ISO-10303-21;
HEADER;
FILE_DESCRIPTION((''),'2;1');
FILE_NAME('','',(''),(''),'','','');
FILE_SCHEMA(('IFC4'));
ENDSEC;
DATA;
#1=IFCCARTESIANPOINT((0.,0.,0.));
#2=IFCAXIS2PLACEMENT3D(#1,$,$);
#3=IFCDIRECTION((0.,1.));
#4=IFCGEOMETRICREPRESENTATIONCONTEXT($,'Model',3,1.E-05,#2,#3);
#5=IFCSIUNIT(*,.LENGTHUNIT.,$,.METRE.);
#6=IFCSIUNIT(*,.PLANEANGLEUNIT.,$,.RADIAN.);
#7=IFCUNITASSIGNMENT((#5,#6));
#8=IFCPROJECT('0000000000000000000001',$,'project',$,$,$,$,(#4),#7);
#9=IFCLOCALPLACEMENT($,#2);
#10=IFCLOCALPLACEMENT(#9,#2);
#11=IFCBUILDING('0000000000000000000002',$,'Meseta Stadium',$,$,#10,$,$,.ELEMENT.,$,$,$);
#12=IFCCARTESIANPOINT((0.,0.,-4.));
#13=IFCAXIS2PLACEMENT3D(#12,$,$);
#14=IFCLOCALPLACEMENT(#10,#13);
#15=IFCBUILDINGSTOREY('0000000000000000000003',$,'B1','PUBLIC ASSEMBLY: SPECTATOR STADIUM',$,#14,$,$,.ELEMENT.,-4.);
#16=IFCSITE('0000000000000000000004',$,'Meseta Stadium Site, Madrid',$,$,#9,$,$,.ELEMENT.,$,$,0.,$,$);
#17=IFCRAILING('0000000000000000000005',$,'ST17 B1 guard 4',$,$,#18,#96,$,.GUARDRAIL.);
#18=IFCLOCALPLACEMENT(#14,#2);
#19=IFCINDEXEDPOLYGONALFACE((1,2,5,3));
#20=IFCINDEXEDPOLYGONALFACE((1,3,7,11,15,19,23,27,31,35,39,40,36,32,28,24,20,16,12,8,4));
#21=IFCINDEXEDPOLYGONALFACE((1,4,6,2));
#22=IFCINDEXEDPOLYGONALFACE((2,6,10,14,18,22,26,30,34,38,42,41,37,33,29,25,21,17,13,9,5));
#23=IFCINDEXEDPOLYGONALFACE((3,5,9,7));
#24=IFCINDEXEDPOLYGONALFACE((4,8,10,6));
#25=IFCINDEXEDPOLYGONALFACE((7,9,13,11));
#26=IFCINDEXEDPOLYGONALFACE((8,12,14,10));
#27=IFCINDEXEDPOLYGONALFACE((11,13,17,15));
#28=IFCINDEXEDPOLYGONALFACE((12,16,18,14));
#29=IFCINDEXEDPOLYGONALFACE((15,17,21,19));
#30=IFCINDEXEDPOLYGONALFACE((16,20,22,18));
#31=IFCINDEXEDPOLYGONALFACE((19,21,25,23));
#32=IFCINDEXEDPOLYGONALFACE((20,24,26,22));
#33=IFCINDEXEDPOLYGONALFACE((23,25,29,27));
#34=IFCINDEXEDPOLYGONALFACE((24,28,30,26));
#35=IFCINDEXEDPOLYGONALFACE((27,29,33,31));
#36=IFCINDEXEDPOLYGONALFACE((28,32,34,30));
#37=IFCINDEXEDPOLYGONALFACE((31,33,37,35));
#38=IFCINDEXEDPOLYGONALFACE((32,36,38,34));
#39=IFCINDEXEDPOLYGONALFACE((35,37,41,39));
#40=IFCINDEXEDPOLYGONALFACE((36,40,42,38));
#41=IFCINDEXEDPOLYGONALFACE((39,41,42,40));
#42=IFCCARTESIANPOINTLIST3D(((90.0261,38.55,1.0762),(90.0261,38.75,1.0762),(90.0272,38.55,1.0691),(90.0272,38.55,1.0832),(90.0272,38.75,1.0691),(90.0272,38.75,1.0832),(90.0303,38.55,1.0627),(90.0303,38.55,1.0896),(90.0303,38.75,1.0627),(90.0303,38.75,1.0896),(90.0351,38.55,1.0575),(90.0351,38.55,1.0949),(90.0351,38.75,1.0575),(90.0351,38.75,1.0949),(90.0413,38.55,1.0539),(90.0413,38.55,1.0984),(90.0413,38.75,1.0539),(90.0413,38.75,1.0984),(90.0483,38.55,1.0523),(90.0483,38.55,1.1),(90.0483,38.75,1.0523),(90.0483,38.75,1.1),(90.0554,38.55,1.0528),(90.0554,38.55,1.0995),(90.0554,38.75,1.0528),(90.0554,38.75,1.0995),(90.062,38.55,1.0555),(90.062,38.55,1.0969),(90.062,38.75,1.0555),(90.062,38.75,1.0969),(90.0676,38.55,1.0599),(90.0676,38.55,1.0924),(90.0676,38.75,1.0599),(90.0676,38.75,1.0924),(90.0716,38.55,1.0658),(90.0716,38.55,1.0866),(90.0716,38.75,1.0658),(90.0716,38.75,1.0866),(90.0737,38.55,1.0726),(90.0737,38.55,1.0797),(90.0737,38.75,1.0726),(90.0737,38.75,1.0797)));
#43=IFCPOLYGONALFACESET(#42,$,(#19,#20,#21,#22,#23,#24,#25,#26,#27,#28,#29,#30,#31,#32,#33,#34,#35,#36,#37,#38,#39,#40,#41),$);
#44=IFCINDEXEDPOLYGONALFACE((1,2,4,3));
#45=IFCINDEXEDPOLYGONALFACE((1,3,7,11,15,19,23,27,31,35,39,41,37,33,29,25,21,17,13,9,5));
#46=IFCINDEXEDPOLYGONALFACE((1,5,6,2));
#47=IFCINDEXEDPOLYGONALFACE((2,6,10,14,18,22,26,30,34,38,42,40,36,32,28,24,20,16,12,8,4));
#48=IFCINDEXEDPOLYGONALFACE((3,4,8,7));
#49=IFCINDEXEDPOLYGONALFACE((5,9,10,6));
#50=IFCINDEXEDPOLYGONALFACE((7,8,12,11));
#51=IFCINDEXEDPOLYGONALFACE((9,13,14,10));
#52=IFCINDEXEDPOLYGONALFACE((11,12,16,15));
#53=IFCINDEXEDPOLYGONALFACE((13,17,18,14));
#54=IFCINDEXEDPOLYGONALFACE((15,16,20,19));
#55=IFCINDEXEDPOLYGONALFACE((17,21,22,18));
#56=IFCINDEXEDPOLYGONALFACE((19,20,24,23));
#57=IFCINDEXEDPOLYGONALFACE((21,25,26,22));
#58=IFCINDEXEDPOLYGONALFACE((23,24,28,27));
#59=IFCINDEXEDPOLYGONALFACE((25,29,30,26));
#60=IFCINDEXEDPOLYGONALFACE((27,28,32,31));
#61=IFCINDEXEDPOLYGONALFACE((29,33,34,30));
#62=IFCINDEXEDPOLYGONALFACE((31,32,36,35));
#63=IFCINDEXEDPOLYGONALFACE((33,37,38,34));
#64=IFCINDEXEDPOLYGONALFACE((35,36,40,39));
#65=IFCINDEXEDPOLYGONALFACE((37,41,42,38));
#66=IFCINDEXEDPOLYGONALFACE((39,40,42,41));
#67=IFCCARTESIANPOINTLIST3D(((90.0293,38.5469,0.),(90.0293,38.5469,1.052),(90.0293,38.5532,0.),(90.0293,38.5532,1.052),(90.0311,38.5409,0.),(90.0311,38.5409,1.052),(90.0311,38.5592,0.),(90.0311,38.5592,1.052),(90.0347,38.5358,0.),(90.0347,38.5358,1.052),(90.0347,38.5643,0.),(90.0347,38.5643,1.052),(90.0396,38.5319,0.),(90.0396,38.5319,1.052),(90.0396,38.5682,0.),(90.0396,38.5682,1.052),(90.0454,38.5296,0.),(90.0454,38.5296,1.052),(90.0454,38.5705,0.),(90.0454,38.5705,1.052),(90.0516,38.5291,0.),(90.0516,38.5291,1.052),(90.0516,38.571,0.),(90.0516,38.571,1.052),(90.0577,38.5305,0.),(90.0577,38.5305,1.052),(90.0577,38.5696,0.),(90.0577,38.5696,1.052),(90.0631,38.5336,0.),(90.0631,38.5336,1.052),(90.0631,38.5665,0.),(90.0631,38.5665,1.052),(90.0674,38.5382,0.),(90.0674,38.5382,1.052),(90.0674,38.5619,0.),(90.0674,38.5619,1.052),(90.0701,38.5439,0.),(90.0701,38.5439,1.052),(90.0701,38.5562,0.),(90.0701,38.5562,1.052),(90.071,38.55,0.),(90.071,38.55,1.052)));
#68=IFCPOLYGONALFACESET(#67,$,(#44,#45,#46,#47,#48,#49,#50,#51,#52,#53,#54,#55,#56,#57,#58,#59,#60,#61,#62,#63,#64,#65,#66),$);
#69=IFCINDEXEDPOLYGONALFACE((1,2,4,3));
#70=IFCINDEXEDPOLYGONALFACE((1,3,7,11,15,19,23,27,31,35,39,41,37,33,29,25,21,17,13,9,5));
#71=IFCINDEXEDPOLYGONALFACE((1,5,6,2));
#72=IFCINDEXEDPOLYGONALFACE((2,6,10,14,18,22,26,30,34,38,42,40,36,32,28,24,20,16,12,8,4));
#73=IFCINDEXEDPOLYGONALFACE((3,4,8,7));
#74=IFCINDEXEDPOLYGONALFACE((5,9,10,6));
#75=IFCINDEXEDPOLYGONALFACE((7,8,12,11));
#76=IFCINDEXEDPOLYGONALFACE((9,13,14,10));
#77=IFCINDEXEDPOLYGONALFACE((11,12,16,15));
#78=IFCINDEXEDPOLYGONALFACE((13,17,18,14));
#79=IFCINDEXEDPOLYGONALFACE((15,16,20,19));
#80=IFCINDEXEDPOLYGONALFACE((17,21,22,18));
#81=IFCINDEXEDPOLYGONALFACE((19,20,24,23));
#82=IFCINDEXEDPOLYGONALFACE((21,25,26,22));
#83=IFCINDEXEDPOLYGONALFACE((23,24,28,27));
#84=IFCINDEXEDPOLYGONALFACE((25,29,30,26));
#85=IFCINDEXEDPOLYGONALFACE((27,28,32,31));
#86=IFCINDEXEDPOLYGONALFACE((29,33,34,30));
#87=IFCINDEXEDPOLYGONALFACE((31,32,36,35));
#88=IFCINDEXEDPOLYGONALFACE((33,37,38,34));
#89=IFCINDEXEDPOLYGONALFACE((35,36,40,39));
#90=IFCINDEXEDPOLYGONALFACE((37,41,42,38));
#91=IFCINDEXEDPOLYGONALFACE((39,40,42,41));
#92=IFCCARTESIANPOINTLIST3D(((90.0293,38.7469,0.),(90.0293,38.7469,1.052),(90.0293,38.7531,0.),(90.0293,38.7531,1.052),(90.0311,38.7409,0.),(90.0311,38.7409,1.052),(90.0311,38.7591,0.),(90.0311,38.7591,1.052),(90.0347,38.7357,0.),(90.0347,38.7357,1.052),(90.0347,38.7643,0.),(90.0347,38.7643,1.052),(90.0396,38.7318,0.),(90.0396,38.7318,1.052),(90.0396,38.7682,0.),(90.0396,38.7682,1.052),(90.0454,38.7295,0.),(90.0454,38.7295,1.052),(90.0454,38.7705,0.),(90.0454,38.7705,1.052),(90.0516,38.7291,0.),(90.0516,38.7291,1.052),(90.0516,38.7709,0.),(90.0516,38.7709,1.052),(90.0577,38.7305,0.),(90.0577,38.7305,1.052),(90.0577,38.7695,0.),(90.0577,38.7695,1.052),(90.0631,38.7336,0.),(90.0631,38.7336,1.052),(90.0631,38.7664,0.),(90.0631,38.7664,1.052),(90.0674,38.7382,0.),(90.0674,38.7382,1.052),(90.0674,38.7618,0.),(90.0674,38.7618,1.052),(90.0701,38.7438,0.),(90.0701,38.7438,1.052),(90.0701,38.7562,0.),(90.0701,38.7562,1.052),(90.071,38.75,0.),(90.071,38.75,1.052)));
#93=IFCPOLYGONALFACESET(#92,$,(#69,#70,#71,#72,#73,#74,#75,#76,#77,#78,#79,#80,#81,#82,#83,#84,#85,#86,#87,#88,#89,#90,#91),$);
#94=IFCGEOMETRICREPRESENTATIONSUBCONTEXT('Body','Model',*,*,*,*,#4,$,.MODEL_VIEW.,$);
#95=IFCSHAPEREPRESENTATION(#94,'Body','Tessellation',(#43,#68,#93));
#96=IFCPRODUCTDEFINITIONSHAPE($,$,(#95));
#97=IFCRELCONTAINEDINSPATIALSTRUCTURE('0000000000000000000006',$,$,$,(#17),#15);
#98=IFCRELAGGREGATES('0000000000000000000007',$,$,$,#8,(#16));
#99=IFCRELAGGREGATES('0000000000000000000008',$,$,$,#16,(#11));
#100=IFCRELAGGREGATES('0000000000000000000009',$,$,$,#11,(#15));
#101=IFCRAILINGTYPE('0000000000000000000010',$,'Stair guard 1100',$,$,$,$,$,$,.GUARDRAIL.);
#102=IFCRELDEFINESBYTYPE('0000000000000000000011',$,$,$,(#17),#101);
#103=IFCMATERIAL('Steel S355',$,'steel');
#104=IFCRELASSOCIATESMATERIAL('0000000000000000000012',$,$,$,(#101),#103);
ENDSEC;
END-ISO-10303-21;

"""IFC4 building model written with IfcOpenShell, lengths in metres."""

from ifc_helpers import new_model, si_unit, direction, frame, origin, origin_2d, place, context, subcontext, project, spatial, circle, extrude, material, type_object, element, save


model = new_model("IFC4")

# Units and contexts
model_context = context("Model", 3, precision=1e-05, world=origin(), true_north=direction((0.0, 1.0)))
body_context = subcontext(model_context, "Body", "Model", "MODEL_VIEW")
ifc_project = project(units=[si_unit("LENGTHUNIT", "METRE"), si_unit("PLANEANGLEUNIT", "RADIAN")], contexts=[model_context])

# Site, building, storey
site_placement = place(None, origin())
site = spatial("IfcSite", under=ifc_project, at=site_placement, Name="Meseta Stadium Site, Madrid", CompositionType="ELEMENT", RefElevation=0.0)
building_placement = place(site_placement, origin())
building = spatial("IfcBuilding", under=site, at=building_placement, Name="Meseta Stadium", CompositionType="ELEMENT")
storey_placement = place(building_placement, frame((0.0, 0.0, -4.0)))
storey = spatial("IfcBuildingStorey", under=building, at=storey_placement, Name="B1", Description="PUBLIC ASSEMBLY: SPECTATOR STADIUM", CompositionType="ELEMENT", Elevation=-4.0)

# Railing
ifc_material_1 = material(Name="Steel S355", Category="steel")
railing_type_1 = type_object("IfcRailingType", Name="Stair guard 1100", PredefinedType="GUARDRAIL", material=ifc_material_1)
railing_1_placement = place(storey_placement, frame((90.05, 38.55, 0.0)))
element("IfcRailing", 1, at=railing_1_placement, inside=storey, type_object=railing_type_1, Name="ST17 B1 guard 4", PredefinedType="GUARDRAIL", context=body_context, shape_type="SweptSolid", body=[
    extrude(circle(Radius=0.0239, at=origin_2d()), frame((0.0, 0.0, 1.0762), z_axis=(0.0, 1.0, 0.0), x_axis=(-1.0, 0.0, 0.0)), (0.0, 0.0, 1.0), 0.2),
    extrude(circle(Radius=0.021, at=origin_2d()), origin(), (0.0, 0.0, 1.0), 1.052),
    extrude(circle(Radius=0.021, at=origin_2d()), frame((0.0, 0.2, 0.0)), (0.0, 0.0, 1.0), 1.052),
])

save(model, "model.ifc")
